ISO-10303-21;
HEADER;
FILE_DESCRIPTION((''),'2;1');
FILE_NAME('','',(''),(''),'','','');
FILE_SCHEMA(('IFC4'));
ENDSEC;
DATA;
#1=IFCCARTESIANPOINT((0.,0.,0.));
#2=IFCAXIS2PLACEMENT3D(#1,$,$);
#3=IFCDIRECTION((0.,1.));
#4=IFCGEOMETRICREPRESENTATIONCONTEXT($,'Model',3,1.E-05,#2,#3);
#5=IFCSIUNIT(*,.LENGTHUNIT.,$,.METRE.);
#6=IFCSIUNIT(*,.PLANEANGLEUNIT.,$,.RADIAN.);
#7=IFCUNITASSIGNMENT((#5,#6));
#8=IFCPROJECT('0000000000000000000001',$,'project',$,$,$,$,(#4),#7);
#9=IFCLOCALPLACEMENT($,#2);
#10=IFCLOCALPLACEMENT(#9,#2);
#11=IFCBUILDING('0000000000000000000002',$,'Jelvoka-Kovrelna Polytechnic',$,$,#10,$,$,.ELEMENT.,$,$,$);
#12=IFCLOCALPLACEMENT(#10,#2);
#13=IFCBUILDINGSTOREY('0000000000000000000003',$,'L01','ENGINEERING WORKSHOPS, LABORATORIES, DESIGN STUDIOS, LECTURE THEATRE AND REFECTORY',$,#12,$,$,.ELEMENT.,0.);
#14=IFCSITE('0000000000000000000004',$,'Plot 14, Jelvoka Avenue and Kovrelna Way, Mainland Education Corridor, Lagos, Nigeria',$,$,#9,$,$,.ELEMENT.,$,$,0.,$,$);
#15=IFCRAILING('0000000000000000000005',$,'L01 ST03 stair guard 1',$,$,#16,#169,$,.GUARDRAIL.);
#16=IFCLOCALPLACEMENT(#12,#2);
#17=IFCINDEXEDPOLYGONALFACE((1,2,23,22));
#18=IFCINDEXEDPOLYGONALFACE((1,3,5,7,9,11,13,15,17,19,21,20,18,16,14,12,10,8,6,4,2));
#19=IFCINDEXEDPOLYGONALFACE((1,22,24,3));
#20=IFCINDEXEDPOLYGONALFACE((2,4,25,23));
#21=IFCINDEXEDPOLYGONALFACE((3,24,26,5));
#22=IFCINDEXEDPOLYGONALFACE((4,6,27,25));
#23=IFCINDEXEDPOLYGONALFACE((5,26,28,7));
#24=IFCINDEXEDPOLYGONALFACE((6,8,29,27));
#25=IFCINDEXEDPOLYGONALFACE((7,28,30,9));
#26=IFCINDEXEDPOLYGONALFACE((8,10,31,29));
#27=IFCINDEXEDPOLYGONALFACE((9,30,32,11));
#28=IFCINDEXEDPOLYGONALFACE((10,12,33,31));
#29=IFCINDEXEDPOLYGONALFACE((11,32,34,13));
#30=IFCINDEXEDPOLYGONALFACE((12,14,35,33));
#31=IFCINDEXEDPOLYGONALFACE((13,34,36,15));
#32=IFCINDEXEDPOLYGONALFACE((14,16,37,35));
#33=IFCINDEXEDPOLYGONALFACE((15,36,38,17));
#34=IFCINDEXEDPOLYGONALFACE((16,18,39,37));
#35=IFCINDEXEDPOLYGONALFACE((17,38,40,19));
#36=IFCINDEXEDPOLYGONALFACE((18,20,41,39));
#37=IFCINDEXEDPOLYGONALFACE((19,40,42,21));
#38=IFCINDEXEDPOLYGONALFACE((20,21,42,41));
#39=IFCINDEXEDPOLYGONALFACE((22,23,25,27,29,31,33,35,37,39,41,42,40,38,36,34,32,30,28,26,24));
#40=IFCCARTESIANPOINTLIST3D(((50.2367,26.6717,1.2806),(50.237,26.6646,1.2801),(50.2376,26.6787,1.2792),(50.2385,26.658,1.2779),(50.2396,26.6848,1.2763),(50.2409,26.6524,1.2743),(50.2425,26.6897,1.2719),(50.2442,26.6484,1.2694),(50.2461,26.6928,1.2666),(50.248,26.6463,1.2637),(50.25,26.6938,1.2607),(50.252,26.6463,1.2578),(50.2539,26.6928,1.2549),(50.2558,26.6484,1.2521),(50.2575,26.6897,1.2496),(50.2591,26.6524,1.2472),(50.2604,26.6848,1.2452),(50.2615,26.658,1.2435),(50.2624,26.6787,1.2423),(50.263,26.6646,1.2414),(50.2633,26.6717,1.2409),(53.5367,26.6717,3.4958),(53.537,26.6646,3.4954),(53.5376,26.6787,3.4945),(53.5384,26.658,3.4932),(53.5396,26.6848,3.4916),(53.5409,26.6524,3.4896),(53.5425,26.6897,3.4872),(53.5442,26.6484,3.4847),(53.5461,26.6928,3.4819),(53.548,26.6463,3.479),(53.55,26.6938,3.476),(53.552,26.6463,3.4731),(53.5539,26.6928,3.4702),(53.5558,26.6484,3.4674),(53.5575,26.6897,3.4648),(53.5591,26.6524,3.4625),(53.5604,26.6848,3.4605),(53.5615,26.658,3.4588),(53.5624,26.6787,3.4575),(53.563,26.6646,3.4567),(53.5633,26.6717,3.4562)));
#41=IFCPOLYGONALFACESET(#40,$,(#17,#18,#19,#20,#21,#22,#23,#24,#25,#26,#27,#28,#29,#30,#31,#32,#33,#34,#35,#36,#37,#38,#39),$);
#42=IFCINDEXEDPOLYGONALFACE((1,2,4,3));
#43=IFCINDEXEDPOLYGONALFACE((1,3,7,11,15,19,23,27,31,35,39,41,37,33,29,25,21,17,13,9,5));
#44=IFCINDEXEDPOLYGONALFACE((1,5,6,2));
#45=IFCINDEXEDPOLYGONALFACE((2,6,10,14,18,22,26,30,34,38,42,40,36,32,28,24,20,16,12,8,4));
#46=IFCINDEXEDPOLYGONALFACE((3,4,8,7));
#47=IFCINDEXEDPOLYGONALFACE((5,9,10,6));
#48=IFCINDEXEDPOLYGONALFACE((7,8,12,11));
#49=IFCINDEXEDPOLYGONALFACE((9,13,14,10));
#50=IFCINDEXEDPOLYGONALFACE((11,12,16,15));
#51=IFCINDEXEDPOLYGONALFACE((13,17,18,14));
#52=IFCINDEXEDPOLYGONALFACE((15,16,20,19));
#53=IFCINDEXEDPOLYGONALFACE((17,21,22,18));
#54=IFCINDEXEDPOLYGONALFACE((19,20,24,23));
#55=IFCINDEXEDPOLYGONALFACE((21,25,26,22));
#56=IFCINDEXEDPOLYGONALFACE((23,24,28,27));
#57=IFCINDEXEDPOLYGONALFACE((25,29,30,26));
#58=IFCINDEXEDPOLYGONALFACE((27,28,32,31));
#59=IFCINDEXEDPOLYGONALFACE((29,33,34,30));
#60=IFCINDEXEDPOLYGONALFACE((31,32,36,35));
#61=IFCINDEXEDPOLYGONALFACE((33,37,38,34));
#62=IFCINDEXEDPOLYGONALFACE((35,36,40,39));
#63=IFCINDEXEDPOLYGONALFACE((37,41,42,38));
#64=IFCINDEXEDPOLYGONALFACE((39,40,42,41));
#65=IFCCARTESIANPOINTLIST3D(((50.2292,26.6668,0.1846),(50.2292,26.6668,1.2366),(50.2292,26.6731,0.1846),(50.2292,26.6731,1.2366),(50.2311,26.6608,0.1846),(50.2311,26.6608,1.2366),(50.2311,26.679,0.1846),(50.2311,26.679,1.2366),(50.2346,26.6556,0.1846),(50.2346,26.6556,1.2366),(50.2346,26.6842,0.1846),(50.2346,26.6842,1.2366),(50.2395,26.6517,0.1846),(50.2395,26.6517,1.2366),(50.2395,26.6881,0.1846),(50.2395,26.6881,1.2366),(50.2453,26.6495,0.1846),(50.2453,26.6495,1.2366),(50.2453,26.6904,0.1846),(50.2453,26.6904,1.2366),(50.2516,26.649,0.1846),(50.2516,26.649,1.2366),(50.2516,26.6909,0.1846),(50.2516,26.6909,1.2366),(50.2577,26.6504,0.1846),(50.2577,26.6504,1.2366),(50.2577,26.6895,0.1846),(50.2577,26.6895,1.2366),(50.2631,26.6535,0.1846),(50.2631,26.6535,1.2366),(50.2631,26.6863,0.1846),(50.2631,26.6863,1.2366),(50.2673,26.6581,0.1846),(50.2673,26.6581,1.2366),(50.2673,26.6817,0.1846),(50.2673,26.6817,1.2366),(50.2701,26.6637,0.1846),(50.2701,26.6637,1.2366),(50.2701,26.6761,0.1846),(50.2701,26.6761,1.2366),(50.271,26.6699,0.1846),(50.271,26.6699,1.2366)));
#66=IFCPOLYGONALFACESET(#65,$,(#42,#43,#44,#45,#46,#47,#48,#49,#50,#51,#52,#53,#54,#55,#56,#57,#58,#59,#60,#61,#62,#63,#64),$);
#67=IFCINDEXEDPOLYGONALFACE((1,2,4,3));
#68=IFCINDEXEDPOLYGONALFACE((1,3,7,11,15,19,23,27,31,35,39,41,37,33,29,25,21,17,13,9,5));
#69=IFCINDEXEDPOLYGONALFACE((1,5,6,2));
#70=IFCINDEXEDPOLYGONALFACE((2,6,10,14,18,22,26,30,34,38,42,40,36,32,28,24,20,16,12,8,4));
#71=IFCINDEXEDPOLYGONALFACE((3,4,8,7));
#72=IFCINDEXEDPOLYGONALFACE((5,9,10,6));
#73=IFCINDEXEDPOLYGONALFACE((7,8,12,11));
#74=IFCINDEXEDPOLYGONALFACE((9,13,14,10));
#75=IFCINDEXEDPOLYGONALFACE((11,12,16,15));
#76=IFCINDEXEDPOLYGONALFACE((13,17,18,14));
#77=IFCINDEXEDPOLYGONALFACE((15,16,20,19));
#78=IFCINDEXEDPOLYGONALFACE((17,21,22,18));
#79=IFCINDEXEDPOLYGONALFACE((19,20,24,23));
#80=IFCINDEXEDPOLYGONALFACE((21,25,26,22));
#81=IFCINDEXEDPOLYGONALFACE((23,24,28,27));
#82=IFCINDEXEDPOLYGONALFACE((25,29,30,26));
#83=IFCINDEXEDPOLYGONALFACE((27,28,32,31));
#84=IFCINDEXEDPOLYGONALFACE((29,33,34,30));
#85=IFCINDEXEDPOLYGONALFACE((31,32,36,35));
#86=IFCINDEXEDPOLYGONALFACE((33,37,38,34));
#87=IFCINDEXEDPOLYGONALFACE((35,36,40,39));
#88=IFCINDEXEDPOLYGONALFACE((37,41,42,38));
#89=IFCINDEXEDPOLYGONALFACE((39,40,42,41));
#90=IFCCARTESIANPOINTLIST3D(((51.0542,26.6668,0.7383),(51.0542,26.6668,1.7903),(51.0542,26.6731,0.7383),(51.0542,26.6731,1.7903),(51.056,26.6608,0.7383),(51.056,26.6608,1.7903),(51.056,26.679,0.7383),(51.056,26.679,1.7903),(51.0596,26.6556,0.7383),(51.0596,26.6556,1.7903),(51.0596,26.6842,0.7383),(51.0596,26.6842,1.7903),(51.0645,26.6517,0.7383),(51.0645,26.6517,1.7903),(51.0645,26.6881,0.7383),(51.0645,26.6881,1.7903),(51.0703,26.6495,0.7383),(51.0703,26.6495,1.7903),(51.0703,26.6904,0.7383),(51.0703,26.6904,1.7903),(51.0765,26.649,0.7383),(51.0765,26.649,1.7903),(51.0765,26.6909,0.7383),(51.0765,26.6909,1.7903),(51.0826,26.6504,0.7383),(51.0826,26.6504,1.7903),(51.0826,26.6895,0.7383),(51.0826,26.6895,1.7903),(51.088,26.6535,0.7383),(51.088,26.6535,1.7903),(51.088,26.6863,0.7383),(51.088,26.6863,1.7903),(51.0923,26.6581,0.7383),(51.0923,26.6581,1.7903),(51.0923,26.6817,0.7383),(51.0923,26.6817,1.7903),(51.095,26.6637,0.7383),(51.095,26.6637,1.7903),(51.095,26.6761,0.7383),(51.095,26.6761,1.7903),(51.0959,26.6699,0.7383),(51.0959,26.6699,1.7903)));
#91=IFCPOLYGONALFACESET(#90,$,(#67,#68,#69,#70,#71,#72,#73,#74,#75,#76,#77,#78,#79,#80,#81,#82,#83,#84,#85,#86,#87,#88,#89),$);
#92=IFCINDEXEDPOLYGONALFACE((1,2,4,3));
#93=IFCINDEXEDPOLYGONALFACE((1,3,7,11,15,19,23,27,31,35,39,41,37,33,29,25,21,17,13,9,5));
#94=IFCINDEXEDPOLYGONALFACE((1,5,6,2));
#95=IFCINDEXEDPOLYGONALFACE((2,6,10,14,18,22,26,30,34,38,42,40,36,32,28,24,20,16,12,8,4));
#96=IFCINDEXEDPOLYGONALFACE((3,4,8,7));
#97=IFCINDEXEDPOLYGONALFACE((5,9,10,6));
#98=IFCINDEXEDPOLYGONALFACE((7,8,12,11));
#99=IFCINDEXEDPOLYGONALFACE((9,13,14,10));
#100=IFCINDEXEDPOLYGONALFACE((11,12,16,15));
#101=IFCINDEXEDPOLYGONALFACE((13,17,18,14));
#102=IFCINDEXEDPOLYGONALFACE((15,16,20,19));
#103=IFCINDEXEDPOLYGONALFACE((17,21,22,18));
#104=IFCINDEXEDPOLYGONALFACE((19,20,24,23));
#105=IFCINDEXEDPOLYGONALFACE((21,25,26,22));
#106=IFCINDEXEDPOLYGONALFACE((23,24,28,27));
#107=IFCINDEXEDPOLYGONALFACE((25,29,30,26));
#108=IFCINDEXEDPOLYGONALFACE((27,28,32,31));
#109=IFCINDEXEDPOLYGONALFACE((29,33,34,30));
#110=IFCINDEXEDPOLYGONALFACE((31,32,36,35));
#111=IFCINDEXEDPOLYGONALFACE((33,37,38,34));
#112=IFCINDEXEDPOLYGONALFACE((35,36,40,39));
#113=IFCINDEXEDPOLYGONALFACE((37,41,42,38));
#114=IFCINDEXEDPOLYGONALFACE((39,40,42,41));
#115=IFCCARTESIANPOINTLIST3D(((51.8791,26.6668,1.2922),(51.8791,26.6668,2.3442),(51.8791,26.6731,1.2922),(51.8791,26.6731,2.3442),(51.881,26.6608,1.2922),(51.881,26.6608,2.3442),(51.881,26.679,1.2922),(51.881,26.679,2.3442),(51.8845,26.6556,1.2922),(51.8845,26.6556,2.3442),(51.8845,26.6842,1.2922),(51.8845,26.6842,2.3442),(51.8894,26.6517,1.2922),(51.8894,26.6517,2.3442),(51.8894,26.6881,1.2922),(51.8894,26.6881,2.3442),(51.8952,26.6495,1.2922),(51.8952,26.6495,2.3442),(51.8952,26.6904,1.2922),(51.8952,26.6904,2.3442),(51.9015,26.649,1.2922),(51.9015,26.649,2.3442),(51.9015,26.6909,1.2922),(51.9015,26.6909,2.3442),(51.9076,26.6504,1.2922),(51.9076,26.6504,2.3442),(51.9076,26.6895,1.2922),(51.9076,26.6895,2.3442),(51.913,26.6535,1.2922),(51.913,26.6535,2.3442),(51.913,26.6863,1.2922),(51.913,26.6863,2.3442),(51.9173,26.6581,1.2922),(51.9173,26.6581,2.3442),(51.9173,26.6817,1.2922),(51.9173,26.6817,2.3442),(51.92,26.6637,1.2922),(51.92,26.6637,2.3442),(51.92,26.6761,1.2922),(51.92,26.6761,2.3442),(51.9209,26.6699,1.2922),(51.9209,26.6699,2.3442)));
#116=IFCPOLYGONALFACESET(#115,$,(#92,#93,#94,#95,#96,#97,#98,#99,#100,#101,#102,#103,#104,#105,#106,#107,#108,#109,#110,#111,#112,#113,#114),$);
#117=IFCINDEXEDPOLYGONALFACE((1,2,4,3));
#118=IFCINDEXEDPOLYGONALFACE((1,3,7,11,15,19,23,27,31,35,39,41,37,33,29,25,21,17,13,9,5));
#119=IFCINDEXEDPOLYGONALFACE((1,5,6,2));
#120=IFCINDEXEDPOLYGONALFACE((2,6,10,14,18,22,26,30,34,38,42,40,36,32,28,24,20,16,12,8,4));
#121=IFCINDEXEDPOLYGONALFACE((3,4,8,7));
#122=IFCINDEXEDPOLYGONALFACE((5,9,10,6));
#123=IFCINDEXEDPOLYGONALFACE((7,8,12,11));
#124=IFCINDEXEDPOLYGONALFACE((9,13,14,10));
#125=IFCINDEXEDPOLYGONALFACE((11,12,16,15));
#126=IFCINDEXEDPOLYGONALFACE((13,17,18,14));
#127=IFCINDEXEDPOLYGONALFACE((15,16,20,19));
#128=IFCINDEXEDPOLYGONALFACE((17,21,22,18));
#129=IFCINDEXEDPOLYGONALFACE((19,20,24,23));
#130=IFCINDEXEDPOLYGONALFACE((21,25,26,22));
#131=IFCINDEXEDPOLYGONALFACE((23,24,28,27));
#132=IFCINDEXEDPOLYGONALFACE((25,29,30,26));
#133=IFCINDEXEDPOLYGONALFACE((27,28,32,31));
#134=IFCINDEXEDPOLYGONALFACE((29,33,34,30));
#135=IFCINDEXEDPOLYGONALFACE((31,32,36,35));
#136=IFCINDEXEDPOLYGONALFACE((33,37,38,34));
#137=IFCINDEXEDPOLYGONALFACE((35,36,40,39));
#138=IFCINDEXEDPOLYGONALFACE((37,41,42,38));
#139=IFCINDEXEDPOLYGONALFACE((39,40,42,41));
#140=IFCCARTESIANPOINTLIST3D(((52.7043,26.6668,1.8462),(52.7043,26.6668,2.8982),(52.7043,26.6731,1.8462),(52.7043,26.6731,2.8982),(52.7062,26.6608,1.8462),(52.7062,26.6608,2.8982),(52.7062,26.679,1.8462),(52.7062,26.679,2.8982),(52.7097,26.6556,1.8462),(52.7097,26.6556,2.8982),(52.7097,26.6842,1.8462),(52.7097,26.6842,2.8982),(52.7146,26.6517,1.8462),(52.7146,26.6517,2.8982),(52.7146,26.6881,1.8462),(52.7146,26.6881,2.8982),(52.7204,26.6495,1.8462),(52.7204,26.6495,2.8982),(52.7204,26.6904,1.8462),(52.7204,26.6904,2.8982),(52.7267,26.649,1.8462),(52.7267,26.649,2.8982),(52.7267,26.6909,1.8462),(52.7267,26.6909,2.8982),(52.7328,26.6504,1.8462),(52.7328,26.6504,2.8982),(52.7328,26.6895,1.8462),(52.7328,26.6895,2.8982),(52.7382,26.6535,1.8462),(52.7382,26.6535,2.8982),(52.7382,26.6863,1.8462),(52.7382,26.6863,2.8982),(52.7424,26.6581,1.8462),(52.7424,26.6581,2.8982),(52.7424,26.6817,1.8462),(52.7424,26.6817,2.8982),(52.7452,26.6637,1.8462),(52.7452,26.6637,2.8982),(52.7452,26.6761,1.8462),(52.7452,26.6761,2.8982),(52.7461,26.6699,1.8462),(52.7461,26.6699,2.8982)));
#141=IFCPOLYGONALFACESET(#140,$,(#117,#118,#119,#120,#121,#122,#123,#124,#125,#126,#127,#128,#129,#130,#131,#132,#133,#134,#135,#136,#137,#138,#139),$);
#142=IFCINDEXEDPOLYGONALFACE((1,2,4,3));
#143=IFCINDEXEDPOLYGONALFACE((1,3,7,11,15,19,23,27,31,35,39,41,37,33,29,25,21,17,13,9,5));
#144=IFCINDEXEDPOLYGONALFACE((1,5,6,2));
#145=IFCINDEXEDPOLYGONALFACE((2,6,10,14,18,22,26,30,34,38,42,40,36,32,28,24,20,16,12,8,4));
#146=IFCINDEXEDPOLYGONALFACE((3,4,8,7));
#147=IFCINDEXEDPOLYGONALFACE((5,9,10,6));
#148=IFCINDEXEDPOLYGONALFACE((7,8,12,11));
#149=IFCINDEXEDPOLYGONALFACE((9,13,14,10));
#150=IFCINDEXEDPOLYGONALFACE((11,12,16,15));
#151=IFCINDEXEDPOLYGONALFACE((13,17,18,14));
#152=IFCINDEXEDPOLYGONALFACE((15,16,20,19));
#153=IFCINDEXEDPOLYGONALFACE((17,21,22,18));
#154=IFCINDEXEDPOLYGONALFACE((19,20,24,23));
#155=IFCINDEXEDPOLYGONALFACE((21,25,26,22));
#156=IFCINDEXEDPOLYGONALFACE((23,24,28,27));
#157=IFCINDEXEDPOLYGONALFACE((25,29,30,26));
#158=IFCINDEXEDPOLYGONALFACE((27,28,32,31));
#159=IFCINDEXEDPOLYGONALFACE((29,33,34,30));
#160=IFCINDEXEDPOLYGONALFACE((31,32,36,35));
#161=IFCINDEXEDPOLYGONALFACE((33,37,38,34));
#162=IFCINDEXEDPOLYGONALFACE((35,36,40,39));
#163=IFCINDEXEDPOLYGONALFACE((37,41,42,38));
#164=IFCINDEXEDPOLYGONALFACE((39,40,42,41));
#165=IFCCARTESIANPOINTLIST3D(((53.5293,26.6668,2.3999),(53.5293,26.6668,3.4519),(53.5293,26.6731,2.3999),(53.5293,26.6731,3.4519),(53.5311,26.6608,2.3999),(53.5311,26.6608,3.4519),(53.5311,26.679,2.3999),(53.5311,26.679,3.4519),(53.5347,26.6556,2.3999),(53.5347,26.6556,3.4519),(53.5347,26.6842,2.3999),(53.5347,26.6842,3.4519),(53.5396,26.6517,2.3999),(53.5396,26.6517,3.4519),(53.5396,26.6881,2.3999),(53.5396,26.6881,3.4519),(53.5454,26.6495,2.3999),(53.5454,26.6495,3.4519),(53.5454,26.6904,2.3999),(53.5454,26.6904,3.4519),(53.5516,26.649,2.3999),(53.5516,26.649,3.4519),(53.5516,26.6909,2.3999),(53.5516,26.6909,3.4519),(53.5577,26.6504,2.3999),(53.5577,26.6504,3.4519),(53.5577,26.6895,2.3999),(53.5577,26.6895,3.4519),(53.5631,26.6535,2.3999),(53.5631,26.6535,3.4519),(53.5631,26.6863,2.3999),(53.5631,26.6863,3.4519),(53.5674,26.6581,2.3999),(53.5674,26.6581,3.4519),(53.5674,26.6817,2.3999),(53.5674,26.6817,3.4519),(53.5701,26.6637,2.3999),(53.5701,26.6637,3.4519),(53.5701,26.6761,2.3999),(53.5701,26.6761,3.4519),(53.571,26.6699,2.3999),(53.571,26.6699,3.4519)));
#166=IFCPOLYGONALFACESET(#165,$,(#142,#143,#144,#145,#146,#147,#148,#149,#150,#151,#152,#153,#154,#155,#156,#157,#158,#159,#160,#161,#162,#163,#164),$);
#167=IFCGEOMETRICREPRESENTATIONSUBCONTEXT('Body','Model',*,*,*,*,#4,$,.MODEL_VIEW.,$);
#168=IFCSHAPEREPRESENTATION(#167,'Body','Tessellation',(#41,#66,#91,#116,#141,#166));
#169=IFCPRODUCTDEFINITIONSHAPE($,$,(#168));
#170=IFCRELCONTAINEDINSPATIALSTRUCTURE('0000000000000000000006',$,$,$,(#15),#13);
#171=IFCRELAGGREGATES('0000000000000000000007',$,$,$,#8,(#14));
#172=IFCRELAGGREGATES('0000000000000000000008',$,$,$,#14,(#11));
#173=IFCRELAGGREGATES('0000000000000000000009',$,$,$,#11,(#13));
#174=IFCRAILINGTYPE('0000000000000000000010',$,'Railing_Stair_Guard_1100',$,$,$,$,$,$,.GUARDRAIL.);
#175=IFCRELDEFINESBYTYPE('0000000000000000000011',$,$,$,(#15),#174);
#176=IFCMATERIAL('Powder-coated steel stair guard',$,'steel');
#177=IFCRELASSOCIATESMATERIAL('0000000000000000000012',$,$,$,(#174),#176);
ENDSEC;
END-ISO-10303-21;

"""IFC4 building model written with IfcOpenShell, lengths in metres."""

from ifc_helpers import new_model, si_unit, direction, frame, origin, origin_2d, place, context, subcontext, project, spatial, circle, extrude, material, type_object, element, save


model = new_model("IFC4")

# Units and contexts
model_context = context("Model", 3, precision=1e-05, world=origin(), true_north=direction((0.0, 1.0)))
body_context = subcontext(model_context, "Body", "Model", "MODEL_VIEW")
ifc_project = project(units=[si_unit("LENGTHUNIT", "METRE"), si_unit("PLANEANGLEUNIT", "RADIAN")], contexts=[model_context])

# Site, building, storey
site_placement = place(None, origin())
site = spatial("IfcSite", under=ifc_project, at=site_placement, Name="Plot 14, Jelvoka Avenue and Kovrelna Way, Mainland Education Corridor, Lagos, Nigeria", CompositionType="ELEMENT", RefElevation=0.0)
building_placement = place(site_placement, origin())
building = spatial("IfcBuilding", under=site, at=building_placement, Name="Jelvoka-Kovrelna Polytechnic", CompositionType="ELEMENT")
storey_placement = place(building_placement, origin())
storey = spatial("IfcBuildingStorey", under=building, at=storey_placement, Name="L01", Description="ENGINEERING WORKSHOPS, LABORATORIES, DESIGN STUDIOS, LECTURE THEATRE AND REFECTORY", CompositionType="ELEMENT", Elevation=0.0)

# Railing
ifc_material_1 = material(Name="Powder-coated steel stair guard", Category="steel")
railing_type_1 = type_object("IfcRailingType", Name="Railing_Stair_Guard_1100", PredefinedType="GUARDRAIL", material=ifc_material_1)
railing_1_placement = place(storey_placement, frame((50.25, 26.6699, 0.1846)))
element("IfcRailing", 1, at=railing_1_placement, inside=storey, type_object=railing_type_1, Name="L01 ST03 stair guard 1", PredefinedType="GUARDRAIL", context=body_context, shape_type="SweptSolid", body=[
    extrude(circle(Radius=0.0239, at=origin_2d()), frame((0.0, 0.0, 1.0762), z_axis=(0.830269, 0.0, 0.557362), x_axis=(0.0, 1.0, 0.0)), (0.0, 0.0, 1.0), 3.9746),
    extrude(circle(Radius=0.021, at=origin_2d()), origin(), (0.0, 0.0, 1.0), 1.052),
    extrude(circle(Radius=0.021, at=origin_2d()), frame((0.825, 0.0, 0.5537)), (0.0, 0.0, 1.0), 1.052),
    extrude(circle(Radius=0.021, at=origin_2d()), frame((1.6499, 0.0, 1.1077)), (0.0, 0.0, 1.0), 1.052),
    extrude(circle(Radius=0.021, at=origin_2d()), frame((2.4751, 0.0, 1.6616)), (0.0, 0.0, 1.0), 1.052),
    extrude(circle(Radius=0.021, at=origin_2d()), frame((3.3, 0.0, 2.2153)), (0.0, 0.0, 1.0), 1.052),
])

save(model, "model.ifc")
